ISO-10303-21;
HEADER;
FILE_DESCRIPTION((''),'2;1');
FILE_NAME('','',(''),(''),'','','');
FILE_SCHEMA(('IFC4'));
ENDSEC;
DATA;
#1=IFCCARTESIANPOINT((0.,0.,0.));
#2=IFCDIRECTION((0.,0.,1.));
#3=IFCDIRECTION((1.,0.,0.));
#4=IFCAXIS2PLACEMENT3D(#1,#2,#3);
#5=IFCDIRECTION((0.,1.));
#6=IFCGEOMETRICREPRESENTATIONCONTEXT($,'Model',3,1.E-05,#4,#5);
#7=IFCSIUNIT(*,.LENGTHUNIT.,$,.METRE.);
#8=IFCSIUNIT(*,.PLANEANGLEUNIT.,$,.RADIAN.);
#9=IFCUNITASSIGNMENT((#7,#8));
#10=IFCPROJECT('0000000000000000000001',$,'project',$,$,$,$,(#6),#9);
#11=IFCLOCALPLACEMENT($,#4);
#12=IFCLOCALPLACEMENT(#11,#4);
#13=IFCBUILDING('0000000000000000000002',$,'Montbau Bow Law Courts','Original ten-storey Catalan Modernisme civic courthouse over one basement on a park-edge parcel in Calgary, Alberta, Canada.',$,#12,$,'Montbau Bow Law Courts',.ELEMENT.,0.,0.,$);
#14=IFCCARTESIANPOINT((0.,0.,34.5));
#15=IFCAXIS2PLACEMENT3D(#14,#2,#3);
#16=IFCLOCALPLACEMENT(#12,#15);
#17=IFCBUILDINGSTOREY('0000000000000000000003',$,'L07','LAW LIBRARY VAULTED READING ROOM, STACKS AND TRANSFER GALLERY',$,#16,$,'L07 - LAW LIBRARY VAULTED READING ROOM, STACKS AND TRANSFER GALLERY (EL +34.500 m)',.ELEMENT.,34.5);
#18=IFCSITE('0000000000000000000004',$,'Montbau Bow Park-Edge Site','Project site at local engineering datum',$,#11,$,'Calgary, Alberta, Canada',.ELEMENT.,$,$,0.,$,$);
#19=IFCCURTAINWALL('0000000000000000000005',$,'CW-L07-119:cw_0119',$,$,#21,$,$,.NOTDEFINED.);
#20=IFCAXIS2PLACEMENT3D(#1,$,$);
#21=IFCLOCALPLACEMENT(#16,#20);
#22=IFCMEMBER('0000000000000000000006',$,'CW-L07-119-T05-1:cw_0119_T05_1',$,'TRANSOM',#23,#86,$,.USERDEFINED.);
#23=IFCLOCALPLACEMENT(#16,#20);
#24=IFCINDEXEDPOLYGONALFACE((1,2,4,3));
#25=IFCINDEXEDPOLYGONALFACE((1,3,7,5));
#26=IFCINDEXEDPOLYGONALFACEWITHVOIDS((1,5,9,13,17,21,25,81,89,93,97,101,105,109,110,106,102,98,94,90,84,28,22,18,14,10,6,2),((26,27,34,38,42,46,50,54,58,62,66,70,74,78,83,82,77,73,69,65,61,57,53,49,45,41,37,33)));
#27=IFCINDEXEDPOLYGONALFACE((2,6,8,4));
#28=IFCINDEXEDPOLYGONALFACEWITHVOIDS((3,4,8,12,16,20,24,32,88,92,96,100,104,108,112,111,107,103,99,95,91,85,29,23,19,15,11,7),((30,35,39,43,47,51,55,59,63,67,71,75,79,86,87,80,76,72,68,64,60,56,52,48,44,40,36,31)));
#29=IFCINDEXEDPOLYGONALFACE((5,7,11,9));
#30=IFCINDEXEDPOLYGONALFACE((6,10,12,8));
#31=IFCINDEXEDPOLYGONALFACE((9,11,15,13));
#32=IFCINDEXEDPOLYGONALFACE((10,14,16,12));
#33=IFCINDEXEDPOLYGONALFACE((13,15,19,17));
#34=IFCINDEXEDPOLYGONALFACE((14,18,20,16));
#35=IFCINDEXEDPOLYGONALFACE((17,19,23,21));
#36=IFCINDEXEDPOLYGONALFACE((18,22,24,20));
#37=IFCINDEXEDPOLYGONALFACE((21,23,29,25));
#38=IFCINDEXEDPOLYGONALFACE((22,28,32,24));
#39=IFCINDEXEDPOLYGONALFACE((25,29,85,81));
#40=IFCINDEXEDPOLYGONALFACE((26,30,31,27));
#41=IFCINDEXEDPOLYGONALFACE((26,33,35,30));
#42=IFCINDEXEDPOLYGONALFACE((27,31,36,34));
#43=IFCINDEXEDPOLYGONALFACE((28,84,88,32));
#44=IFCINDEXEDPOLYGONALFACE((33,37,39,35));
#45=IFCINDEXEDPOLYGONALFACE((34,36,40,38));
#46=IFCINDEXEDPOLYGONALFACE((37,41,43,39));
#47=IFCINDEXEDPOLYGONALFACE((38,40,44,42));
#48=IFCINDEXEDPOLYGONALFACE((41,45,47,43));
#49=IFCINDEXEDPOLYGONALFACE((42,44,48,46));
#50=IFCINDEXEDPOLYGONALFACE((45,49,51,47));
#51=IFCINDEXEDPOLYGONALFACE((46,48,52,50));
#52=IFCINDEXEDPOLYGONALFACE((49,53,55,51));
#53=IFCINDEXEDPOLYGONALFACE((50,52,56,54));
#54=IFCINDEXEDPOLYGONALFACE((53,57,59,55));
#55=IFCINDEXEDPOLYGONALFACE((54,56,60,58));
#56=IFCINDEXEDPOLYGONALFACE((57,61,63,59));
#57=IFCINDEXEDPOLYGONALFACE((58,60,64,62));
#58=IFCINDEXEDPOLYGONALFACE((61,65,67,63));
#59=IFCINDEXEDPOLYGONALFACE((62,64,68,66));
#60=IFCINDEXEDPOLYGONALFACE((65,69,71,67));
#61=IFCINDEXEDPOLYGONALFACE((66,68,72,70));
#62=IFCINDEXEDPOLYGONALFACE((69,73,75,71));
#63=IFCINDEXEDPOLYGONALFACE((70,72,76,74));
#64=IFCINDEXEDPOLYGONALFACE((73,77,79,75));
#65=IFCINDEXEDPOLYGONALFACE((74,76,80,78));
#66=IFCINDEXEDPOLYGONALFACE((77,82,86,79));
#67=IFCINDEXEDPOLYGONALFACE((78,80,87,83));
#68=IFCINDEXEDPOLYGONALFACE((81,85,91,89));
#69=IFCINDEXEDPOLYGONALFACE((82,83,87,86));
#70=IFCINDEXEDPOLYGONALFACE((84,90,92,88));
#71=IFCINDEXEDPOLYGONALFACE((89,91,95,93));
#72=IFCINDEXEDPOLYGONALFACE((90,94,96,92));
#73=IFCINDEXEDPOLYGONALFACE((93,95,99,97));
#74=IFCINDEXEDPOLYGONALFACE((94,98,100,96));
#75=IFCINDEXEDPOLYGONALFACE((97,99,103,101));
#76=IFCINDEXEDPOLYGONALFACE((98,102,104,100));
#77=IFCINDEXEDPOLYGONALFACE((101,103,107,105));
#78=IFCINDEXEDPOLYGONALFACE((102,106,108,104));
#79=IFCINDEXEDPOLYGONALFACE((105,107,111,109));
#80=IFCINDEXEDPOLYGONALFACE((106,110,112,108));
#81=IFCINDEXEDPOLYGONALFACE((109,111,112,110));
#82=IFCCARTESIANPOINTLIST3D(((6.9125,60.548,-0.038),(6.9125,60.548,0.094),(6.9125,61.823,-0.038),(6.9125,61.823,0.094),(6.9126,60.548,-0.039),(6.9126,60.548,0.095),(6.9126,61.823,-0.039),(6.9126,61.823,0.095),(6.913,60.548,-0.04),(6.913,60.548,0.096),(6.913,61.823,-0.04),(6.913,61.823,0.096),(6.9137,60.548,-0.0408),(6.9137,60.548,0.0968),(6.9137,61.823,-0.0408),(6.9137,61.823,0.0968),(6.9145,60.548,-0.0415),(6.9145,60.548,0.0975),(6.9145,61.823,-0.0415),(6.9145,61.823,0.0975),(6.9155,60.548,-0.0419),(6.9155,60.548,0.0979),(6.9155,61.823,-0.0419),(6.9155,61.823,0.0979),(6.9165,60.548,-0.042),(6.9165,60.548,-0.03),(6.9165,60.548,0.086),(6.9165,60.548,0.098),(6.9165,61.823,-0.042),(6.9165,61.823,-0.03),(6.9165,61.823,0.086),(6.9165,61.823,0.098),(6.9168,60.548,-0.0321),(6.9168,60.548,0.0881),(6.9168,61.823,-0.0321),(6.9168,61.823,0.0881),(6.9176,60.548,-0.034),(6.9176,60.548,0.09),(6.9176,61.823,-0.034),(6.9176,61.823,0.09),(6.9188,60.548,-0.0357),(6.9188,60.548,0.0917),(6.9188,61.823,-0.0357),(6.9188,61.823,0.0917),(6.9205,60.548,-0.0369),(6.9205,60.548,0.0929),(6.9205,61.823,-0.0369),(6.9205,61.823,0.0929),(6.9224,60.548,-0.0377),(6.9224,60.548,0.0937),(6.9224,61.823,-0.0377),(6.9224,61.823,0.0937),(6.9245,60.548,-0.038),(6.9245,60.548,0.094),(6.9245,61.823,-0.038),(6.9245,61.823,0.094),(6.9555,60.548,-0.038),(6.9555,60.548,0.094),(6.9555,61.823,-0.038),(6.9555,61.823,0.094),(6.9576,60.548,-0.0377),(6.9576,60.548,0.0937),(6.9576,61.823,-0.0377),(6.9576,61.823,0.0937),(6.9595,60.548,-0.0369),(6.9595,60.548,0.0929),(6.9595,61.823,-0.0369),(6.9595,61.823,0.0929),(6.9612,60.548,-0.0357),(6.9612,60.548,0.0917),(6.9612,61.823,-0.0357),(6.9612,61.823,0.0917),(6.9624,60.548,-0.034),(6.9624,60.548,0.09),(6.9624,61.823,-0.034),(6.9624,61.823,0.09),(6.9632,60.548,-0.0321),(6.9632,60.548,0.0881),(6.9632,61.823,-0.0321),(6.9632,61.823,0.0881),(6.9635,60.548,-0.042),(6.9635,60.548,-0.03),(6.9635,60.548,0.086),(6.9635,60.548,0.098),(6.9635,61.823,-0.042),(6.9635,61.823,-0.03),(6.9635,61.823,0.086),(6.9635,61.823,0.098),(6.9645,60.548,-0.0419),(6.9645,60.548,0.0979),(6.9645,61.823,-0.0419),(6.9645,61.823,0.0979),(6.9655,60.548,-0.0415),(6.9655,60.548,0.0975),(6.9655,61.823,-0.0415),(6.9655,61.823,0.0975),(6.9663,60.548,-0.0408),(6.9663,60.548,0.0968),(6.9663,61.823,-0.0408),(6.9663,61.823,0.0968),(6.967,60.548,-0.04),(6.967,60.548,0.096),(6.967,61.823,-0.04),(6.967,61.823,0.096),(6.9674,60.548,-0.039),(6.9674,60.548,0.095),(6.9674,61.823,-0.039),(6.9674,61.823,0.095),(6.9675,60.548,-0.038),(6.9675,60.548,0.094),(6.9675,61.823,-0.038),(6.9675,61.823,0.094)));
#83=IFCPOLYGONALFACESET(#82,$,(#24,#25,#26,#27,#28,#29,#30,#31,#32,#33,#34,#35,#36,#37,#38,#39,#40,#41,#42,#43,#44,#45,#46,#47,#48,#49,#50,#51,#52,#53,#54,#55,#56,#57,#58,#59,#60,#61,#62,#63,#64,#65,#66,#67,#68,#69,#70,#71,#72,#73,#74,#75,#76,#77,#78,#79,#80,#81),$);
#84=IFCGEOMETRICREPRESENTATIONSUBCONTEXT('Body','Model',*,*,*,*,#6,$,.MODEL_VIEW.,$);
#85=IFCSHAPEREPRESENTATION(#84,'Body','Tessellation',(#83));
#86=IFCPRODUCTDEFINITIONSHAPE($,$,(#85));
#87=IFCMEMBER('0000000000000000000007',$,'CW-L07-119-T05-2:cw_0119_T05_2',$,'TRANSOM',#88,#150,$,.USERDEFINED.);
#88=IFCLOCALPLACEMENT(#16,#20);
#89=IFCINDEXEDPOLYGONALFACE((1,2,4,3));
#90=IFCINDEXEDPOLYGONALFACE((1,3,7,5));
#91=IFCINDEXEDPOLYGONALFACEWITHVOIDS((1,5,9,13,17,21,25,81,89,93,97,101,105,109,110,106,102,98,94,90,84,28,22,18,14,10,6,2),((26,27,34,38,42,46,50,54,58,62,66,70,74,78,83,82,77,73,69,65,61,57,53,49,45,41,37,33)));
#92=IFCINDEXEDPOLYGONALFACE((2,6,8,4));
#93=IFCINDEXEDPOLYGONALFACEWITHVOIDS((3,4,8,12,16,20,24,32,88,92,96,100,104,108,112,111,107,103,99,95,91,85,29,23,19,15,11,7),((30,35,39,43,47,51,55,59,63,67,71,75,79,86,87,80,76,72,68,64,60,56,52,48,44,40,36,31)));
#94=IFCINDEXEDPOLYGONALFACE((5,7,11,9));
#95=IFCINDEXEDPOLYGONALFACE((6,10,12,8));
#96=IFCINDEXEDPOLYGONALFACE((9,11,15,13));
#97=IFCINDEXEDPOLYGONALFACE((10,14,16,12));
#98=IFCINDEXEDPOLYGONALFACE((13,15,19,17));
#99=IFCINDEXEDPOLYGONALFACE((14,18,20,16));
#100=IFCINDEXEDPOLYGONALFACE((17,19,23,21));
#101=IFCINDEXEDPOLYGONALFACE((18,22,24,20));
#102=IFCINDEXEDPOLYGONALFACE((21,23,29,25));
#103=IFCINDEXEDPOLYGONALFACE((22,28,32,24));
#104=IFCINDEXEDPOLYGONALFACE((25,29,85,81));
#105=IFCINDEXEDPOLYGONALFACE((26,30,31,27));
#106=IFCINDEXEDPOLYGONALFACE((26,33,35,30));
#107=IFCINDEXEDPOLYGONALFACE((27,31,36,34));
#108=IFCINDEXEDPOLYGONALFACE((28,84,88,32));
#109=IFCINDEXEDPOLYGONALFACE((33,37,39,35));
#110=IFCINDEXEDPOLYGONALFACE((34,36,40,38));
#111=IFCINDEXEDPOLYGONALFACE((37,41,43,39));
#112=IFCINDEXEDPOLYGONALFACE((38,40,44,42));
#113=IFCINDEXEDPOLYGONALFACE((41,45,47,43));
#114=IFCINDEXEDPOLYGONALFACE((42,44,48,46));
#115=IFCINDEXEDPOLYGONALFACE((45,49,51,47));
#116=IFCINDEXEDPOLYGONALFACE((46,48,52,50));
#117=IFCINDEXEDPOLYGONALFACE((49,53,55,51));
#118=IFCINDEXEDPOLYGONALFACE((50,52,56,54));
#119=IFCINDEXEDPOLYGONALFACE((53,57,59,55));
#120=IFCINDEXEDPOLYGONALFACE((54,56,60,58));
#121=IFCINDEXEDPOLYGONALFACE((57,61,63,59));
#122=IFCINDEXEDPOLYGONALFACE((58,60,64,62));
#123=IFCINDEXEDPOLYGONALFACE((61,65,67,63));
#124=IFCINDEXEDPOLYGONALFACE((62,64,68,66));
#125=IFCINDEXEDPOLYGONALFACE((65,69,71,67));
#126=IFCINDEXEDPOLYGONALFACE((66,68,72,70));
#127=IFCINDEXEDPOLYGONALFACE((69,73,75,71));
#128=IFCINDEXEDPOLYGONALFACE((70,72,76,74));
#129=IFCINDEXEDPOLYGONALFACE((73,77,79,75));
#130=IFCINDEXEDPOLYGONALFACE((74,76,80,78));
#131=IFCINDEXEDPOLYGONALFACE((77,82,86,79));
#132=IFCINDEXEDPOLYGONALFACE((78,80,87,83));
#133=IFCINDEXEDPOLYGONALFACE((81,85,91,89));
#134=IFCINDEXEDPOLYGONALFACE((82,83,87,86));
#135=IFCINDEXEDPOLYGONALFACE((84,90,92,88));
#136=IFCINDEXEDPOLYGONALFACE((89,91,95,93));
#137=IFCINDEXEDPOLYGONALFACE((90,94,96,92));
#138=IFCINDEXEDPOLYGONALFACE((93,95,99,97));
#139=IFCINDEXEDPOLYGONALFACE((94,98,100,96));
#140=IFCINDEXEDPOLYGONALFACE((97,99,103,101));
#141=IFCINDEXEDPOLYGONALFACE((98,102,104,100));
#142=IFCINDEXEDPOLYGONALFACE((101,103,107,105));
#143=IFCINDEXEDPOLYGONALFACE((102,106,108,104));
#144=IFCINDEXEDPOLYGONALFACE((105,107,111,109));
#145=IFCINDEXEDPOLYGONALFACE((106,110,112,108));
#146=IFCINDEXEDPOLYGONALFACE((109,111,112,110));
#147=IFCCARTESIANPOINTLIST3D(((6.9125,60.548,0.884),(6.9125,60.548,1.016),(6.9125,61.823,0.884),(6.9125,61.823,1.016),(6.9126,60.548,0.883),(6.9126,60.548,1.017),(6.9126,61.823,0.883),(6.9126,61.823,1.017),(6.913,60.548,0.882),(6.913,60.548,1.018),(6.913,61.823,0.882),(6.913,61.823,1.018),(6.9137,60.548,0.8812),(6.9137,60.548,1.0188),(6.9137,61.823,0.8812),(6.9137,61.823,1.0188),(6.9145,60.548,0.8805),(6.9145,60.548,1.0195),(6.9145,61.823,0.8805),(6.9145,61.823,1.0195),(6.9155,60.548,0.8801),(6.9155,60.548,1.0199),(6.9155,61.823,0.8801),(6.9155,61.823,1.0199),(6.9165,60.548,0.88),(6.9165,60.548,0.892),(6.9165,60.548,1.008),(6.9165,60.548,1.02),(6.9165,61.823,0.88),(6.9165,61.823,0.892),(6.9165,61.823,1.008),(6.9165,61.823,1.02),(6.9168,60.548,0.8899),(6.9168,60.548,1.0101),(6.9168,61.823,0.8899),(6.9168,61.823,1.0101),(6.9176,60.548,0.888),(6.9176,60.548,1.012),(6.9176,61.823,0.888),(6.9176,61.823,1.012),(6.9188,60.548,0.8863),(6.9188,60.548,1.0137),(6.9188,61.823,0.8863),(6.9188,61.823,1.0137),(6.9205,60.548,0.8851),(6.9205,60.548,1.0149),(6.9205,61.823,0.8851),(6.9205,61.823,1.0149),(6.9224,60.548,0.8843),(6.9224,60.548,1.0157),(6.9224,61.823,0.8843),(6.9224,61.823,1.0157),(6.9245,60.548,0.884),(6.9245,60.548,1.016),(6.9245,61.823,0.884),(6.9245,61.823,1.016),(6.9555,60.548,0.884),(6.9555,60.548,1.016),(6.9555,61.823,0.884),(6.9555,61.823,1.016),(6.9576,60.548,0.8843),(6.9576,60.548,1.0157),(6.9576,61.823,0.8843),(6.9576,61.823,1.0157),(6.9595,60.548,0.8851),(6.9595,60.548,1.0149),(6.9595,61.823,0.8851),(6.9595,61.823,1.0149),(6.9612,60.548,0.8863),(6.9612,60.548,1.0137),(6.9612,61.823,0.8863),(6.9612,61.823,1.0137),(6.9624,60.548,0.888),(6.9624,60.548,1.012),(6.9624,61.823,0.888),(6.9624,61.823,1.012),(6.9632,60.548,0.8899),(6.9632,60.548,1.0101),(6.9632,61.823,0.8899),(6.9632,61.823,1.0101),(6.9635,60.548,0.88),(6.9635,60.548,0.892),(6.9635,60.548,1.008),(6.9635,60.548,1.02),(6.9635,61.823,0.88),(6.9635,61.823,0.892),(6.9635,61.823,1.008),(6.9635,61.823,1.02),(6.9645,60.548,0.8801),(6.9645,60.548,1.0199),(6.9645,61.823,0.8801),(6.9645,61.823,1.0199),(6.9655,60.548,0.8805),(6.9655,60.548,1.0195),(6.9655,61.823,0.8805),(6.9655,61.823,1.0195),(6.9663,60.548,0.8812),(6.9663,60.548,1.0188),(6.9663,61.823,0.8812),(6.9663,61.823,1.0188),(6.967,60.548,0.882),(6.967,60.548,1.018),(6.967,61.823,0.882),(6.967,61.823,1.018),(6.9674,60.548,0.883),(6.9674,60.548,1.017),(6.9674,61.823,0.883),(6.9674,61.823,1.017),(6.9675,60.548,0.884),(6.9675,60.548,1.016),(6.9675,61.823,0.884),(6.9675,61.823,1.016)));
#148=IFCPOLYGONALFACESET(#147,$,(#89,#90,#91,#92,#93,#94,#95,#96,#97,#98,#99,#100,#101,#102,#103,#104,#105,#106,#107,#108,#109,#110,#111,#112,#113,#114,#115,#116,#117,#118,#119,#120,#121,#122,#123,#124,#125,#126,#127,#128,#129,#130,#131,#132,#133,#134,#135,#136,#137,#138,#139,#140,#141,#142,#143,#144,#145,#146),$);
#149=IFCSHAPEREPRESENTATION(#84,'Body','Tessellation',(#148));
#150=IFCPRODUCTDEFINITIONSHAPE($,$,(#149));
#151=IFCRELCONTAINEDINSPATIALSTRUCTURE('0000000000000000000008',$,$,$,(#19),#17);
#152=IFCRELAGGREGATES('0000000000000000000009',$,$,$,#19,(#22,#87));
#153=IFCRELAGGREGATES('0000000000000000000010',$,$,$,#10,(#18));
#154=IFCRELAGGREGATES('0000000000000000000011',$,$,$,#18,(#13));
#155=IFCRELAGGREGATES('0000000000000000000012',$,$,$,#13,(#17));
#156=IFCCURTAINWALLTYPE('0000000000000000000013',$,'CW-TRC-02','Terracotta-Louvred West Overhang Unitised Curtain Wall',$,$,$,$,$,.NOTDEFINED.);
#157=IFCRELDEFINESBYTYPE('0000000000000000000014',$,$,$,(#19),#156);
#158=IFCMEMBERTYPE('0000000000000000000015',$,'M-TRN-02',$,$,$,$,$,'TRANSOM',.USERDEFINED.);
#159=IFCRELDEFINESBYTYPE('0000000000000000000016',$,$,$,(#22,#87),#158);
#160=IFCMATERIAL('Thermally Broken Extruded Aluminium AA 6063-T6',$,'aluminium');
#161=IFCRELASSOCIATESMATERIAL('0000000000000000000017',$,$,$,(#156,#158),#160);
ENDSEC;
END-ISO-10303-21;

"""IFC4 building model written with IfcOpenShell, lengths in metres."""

from ifc_helpers import new_model, si_unit, direction, frame, origin_with_axes, origin_2d_with_axis, place, context, subcontext, project, spatial, hollow_rectangle, extrude, material, material_profile, profile_set, type_object, element, aggregate, save


model = new_model("IFC4")

# Units and contexts
model_context = context("Model", 3, precision=1e-05, world=origin_with_axes(), true_north=direction((0.0, 1.0)))
body_context = subcontext(model_context, "Body", "Model", "MODEL_VIEW")
ifc_project = project(units=[si_unit("LENGTHUNIT", "METRE"), si_unit("PLANEANGLEUNIT", "RADIAN")], contexts=[model_context])

# Site, building, storey
site_placement = place(None, origin_with_axes())
site = spatial("IfcSite", under=ifc_project, at=site_placement, Name="Montbau Bow Park-Edge Site", Description="Project site at local engineering datum", LongName="Calgary, Alberta, Canada", CompositionType="ELEMENT", RefElevation=0.0)
building_placement = place(site_placement, origin_with_axes())
building = spatial("IfcBuilding", under=site, at=building_placement, Name="Montbau Bow Law Courts", Description="Original ten-storey Catalan Modernisme civic courthouse over one basement on a park-edge parcel in Calgary, Alberta, Canada.", LongName="Montbau Bow Law Courts", CompositionType="ELEMENT", ElevationOfRefHeight=0.0, ElevationOfTerrain=0.0)
storey_placement = place(building_placement, frame((0.0, 0.0, 34.5), z_axis=(0.0, 0.0, 1.0), x_axis=(1.0, 0.0, 0.0)))
storey = spatial("IfcBuildingStorey", under=building, at=storey_placement, Name="L07", Description="LAW LIBRARY VAULTED READING ROOM, STACKS AND TRANSFER GALLERY", LongName="L07 - LAW LIBRARY VAULTED READING ROOM, STACKS AND TRANSFER GALLERY (EL +34.500 m)", CompositionType="ELEMENT", Elevation=34.5)

# Shared definitions
ifc_material_1 = material(Name="Thermally Broken Extruded Aluminium AA 6063-T6", Category="aluminium")
curtain_wall_type = type_object("IfcCurtainWallType", Name="CW-TRC-02", Description="Terracotta-Louvred West Overhang Unitised Curtain Wall", PredefinedType="NOTDEFINED", material=ifc_material_1)

# Curtain wall, members
curtain_wall_1_placement = place(None, frame((6.94, 55.04, 34.5), z_axis=(0.0, 0.0, 1.0), x_axis=(1.0, 0.0, 0.0)))
curtain_wall_1 = element("IfcCurtainWall", 1, at=curtain_wall_1_placement, inside=storey, type_object=curtain_wall_type, Name="CW-L07-119:cw_0119", PredefinedType="NOTDEFINED")
ifc_material_profile_1 = material_profile(ifc_material_1, hollow_rectangle(XDim=0.055, YDim=0.14, WallThickness=0.004, InnerFilletRadius=0.008, OuterFilletRadius=0.004, at=origin_2d_with_axis()), Name="CWT-140X55", Category="Main", Priority=0)
ifc_profile_set_1 = profile_set([ifc_material_profile_1], Name="Thermally Broken Extruded Aluminium AA 6063-T6")
member_type_1 = type_object("IfcMemberType", Name="M-TRN-02", ElementType="TRANSOM", PredefinedType="USERDEFINED", material=ifc_profile_set_1)
member_1_placement = place(None, frame((6.94, 60.548, 34.528), z_axis=(0.0, 1.0, 0.0), x_axis=(-1.0, 0.0, 0.0)))
member_1 = element("IfcMember", 2, at=member_1_placement, type_object=member_type_1, Name="CW-L07-119-T05-1:cw_0119_T05_1", ObjectType="TRANSOM", PredefinedType="USERDEFINED", context=body_context, shape_type="SweptSolid", body=[
    extrude(hollow_rectangle(XDim=0.055, YDim=0.14, WallThickness=0.004, InnerFilletRadius=0.008, OuterFilletRadius=0.004, at=origin_2d_with_axis()), origin_with_axes(), (0.0, 0.0, 1.0), 1.275),
])
member_2_placement = place(None, frame((6.94, 60.548, 35.45), z_axis=(0.0, 1.0, 0.0), x_axis=(-1.0, 0.0, 0.0)))
member_2 = element("IfcMember", 3, at=member_2_placement, type_object=member_type_1, Name="CW-L07-119-T05-2:cw_0119_T05_2", ObjectType="TRANSOM", PredefinedType="USERDEFINED", context=body_context, shape_type="SweptSolid", body=[
    extrude(hollow_rectangle(XDim=0.055, YDim=0.14, WallThickness=0.004, InnerFilletRadius=0.008, OuterFilletRadius=0.004, at=origin_2d_with_axis()), origin_with_axes(), (0.0, 0.0, 1.0), 1.275),
])

aggregate(curtain_wall_1, [member_1, member_2])

save(model, "model.ifc")
